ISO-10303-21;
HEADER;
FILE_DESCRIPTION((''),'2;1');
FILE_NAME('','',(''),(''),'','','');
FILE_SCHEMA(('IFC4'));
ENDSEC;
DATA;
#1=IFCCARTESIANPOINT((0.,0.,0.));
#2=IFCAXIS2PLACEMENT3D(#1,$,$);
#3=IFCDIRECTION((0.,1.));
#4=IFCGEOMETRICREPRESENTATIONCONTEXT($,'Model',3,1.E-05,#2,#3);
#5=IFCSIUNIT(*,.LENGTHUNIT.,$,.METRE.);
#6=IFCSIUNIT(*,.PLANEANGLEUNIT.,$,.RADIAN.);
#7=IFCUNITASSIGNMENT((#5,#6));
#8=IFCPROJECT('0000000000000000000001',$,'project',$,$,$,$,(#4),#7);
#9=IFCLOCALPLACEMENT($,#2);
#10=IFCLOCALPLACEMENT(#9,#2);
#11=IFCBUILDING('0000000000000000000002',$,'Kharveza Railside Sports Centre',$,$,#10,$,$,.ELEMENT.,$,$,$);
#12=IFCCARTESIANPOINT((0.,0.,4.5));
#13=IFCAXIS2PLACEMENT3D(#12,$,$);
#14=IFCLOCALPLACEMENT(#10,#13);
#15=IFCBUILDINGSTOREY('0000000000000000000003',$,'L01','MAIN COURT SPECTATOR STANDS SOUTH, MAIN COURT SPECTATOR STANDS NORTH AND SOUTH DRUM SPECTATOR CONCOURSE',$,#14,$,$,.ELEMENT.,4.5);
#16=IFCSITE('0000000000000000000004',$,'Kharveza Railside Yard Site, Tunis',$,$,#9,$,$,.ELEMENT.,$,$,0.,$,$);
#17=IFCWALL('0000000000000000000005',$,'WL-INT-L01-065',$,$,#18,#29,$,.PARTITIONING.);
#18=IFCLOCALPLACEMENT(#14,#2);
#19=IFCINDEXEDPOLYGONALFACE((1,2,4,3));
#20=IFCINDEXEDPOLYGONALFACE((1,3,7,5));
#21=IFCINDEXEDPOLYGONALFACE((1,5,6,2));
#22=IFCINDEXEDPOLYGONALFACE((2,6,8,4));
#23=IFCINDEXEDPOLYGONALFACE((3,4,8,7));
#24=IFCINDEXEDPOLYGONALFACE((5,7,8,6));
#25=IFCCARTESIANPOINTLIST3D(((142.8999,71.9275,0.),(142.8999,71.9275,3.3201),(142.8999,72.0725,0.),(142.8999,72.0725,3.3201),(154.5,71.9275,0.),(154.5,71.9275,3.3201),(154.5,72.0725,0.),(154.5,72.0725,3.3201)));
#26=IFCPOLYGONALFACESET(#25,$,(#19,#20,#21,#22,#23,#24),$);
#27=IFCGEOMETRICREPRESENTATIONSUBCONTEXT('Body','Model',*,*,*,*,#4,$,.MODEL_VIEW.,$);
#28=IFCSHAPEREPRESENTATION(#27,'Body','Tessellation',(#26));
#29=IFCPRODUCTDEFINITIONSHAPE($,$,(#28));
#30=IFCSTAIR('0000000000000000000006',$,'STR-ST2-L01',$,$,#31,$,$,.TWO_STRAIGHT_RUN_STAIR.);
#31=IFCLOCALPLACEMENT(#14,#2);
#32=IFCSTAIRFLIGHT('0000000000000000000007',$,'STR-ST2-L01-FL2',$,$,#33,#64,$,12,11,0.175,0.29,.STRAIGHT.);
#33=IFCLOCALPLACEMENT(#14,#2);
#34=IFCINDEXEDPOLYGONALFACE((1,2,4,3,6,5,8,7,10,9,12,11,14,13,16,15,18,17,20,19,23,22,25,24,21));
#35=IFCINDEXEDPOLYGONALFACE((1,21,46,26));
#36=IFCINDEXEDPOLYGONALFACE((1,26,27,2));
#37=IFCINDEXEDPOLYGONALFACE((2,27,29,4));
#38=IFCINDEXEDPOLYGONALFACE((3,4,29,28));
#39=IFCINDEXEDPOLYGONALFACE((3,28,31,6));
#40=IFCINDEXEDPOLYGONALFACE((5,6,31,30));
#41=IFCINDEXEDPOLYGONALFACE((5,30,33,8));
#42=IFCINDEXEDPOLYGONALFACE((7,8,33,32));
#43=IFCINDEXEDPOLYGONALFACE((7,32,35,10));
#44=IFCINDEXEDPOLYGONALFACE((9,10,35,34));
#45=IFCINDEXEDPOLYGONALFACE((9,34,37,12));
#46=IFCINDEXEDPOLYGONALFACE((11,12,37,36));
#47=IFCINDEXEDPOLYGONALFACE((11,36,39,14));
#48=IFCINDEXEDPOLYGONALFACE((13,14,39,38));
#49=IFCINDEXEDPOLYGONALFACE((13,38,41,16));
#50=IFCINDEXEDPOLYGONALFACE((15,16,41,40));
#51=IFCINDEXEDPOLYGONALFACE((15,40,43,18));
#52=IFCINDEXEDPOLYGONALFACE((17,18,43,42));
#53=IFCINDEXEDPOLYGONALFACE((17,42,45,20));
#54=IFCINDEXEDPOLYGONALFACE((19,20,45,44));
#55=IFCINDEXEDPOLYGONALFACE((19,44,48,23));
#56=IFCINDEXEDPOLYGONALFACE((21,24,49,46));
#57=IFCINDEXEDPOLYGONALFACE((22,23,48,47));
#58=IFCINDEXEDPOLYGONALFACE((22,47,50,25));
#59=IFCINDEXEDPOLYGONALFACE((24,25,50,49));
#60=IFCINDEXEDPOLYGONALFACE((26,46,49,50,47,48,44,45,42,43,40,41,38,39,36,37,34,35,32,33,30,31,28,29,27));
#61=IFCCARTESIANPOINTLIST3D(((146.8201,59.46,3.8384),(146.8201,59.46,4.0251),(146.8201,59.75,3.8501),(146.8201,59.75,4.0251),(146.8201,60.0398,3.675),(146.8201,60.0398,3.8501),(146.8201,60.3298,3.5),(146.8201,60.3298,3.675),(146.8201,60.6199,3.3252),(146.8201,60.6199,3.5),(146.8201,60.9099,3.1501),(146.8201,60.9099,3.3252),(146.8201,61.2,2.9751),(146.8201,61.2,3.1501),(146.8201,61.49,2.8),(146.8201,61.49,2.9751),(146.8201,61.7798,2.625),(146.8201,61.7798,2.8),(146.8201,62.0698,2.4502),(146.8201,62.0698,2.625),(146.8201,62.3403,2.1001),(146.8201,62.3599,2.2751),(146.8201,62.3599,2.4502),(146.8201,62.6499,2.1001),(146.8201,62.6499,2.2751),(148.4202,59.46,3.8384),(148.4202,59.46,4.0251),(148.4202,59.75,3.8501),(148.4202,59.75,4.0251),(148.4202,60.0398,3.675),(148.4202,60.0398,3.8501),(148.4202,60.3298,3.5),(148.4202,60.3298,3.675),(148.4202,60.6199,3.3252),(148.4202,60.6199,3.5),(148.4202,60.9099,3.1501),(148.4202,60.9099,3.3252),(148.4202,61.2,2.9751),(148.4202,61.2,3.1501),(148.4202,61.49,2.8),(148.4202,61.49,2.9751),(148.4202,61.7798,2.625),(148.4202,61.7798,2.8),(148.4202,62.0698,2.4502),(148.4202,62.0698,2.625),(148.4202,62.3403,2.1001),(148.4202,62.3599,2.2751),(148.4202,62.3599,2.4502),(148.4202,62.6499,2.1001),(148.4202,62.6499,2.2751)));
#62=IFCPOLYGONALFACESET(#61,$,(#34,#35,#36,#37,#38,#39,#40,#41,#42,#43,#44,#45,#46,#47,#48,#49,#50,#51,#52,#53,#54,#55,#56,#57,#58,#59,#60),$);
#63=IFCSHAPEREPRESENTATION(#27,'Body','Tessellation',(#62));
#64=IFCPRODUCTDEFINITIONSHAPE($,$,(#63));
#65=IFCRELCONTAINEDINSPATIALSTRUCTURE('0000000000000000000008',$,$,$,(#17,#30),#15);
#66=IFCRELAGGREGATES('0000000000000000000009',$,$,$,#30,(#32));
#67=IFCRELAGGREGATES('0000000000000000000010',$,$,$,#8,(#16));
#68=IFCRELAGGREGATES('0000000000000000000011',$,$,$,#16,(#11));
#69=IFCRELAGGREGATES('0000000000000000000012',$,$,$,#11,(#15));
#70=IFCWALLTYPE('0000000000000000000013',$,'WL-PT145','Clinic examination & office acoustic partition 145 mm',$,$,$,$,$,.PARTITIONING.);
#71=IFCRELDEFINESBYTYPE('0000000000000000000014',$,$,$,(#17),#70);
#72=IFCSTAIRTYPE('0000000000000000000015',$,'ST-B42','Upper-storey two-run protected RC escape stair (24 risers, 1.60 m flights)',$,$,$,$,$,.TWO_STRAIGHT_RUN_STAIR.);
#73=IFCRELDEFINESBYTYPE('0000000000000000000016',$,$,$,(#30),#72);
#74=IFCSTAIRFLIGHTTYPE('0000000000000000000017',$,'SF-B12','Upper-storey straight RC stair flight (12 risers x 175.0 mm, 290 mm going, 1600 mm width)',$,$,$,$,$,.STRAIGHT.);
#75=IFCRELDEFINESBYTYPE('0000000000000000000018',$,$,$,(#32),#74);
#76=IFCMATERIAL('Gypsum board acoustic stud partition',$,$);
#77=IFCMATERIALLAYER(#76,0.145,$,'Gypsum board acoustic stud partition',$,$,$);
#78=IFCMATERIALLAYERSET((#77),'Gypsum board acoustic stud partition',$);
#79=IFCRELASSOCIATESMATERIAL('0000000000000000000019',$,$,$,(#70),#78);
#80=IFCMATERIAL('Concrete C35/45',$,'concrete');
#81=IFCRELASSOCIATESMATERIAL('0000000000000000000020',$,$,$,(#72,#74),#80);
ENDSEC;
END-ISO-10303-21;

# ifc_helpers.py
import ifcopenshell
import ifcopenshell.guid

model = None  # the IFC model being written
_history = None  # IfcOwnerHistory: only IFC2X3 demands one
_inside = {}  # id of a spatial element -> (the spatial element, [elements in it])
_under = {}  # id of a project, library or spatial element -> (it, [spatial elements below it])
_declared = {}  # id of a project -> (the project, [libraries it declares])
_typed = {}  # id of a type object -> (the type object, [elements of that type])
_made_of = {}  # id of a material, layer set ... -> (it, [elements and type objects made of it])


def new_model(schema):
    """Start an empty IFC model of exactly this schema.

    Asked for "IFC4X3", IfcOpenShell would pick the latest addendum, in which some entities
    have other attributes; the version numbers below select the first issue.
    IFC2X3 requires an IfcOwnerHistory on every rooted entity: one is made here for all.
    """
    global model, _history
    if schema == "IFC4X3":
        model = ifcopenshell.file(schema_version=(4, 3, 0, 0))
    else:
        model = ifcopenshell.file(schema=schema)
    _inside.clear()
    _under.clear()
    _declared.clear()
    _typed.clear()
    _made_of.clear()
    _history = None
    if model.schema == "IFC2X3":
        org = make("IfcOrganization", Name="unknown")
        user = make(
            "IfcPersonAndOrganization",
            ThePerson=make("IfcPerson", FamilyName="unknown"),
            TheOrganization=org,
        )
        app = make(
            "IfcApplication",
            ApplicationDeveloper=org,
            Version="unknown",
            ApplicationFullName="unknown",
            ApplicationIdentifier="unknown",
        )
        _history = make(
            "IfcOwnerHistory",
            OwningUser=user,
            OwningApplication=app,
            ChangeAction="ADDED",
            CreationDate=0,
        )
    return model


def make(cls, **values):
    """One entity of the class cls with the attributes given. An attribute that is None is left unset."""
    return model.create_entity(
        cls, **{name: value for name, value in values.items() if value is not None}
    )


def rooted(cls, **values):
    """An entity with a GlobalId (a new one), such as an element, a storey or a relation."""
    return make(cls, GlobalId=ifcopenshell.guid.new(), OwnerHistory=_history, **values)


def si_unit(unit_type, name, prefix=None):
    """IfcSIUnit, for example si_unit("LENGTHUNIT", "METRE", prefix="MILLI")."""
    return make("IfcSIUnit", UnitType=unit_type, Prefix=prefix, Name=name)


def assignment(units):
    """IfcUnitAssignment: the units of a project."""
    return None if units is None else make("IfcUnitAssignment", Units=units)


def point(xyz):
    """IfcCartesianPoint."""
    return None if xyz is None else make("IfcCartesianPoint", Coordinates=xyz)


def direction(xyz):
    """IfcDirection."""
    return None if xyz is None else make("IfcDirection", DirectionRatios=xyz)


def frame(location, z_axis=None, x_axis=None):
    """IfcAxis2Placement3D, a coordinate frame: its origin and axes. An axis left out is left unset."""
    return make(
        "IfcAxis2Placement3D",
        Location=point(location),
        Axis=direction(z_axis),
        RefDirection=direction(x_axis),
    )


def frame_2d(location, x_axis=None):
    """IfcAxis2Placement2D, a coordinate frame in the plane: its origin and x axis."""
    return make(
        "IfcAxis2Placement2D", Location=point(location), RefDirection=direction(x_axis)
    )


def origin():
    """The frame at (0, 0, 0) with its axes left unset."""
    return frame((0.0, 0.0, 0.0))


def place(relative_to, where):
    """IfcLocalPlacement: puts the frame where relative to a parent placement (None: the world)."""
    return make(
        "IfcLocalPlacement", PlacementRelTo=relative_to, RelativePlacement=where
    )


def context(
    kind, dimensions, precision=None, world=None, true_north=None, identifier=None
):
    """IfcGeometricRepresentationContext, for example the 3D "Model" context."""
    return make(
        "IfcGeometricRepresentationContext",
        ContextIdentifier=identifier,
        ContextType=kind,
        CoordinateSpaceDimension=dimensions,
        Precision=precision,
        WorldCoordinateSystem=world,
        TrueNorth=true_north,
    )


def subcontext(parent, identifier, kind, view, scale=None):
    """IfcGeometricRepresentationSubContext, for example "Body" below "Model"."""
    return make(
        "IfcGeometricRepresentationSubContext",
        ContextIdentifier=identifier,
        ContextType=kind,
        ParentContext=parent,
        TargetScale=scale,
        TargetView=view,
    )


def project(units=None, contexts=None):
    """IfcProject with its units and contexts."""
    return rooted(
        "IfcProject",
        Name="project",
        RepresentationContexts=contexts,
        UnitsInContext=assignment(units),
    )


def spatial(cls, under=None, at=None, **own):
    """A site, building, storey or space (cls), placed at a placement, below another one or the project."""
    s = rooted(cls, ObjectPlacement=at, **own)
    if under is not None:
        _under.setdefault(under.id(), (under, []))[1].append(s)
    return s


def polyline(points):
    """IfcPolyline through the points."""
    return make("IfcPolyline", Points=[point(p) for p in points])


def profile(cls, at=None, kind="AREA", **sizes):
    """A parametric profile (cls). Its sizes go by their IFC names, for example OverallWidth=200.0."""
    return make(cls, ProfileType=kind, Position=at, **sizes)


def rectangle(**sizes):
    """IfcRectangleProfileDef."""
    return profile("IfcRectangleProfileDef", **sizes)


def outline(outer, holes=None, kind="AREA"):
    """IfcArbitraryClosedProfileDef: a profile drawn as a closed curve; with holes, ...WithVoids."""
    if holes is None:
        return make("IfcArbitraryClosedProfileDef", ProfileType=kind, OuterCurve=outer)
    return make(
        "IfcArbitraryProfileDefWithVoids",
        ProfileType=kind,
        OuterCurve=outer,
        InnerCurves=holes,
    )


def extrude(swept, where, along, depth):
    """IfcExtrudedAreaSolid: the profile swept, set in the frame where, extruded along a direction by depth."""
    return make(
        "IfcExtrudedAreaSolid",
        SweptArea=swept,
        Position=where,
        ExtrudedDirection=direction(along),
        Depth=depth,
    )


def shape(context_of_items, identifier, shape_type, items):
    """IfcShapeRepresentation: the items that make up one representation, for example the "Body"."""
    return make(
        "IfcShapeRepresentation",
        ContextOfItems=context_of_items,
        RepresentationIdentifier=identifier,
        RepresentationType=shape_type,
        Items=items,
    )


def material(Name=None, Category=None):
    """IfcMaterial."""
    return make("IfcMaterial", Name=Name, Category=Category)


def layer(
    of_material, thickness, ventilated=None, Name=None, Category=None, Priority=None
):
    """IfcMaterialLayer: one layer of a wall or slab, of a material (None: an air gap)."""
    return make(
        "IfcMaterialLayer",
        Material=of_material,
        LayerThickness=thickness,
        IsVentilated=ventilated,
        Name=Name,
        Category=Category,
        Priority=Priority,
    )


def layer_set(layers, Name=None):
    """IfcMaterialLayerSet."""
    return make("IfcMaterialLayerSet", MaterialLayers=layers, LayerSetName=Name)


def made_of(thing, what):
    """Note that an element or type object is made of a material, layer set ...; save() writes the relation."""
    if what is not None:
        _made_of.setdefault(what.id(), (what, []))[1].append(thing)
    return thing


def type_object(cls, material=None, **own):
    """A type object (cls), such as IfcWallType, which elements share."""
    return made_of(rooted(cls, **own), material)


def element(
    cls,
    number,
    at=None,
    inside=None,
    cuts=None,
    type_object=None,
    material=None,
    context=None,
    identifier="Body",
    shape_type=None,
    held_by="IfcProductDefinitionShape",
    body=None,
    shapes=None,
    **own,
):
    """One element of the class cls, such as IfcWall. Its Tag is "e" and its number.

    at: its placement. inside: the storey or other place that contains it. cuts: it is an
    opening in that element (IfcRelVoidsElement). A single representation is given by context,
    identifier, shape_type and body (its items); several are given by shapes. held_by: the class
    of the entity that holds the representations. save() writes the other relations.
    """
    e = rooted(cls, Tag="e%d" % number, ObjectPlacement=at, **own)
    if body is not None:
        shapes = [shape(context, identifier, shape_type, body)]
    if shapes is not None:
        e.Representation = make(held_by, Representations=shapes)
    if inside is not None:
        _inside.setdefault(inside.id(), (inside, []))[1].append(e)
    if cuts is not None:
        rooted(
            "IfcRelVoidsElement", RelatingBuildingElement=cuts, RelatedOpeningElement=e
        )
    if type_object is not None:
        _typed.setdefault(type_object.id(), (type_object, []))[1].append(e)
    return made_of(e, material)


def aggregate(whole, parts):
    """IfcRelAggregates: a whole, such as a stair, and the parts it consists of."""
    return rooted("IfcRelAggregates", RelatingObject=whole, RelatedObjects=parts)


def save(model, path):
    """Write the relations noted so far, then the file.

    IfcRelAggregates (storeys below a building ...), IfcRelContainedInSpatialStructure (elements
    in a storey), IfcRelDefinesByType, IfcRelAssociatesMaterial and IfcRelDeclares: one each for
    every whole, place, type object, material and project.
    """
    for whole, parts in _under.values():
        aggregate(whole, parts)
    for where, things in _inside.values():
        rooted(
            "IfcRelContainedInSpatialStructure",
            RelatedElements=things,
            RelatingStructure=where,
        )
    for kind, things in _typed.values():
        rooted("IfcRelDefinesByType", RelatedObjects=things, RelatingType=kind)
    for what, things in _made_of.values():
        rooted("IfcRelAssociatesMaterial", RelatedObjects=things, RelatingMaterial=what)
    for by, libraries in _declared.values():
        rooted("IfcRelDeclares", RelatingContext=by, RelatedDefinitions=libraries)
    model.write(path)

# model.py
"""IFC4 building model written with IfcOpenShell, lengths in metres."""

from ifc_helpers import new_model, si_unit, direction, frame, frame_2d, origin, place, context, subcontext, project, spatial, polyline, rectangle, outline, extrude, material, layer, layer_set, type_object, element, aggregate, save


model = new_model("IFC4")

# Units and contexts
model_context = context("Model", 3, precision=1e-05, world=origin(), true_north=direction((0.0, 1.0)))
body_context = subcontext(model_context, "Body", "Model", "MODEL_VIEW")
ifc_project = project(units=[si_unit("LENGTHUNIT", "METRE"), si_unit("PLANEANGLEUNIT", "RADIAN")], contexts=[model_context])

# Site, building, storey
site_placement = place(None, origin())
site = spatial("IfcSite", under=ifc_project, at=site_placement, Name="Kharveza Railside Yard Site, Tunis", CompositionType="ELEMENT", RefElevation=0.0)
building_placement = place(site_placement, origin())
building = spatial("IfcBuilding", under=site, at=building_placement, Name="Kharveza Railside Sports Centre", CompositionType="ELEMENT")
storey_placement = place(building_placement, frame((0.0, 0.0, 4.5)))
storey = spatial("IfcBuildingStorey", under=building, at=storey_placement, Name="L01", Description="MAIN COURT SPECTATOR STANDS SOUTH, MAIN COURT SPECTATOR STANDS NORTH AND SOUTH DRUM SPECTATOR CONCOURSE", CompositionType="ELEMENT", Elevation=4.5)

# Shared definitions
ifc_material_1 = material(Name="Concrete C35/45", Category="concrete")

# Wall
ifc_material_2 = material(Name="Gypsum board acoustic stud partition")
ifc_layer_1 = layer(ifc_material_2, 0.145, Name="Gypsum board acoustic stud partition")
ifc_layer_set_1 = layer_set([ifc_layer_1], Name="Gypsum board acoustic stud partition")
wall_type_1 = type_object("IfcWallType", Name="WL-PT145", Description="Clinic examination & office acoustic partition 145 mm", PredefinedType="PARTITIONING", material=ifc_layer_set_1)
wall_1_placement = place(storey_placement, frame((142.8999, 72.0, 0.0), z_axis=(0.0, 0.0, 1.0), x_axis=(1.0, 0.0, 0.0)))
element("IfcWall", 1, at=wall_1_placement, inside=storey, type_object=wall_type_1, Name="WL-INT-L01-065", PredefinedType="PARTITIONING", context=body_context, shape_type="SweptSolid", body=[
    extrude(rectangle(XDim=11.6001, YDim=0.145, at=frame_2d((5.8, 0.0))), origin(), (0.0, 0.0, 1.0), 3.3201),
])

# Stair, stair flight
stair_type = type_object("IfcStairType", Name="ST-B42", Description="Upper-storey two-run protected RC escape stair (24 risers, 1.60 m flights)", PredefinedType="TWO_STRAIGHT_RUN_STAIR", material=ifc_material_1)
stair_placement = place(storey_placement, origin())
stair = element("IfcStair", 2, at=stair_placement, inside=storey, type_object=stair_type, Name="STR-ST2-L01", PredefinedType="TWO_STRAIGHT_RUN_STAIR")
stair_flight_type = type_object("IfcStairFlightType", Name="SF-B12", Description="Upper-storey straight RC stair flight (12 risers x 175.0 mm, 290 mm going, 1600 mm width)", PredefinedType="STRAIGHT", material=ifc_material_1)
stair_flight_placement = place(storey_placement, frame((147.6201, 62.6499, 2.1001), z_axis=(0.0, 0.0, 1.0), x_axis=(0.0, -1.0, 0.0)))
stair_flight = element("IfcStairFlight", 3, at=stair_flight_placement, type_object=stair_flight_type, Name="STR-ST2-L01-FL2", NumberOfRisers=12, NumberOfTreads=11, PredefinedType="STRAIGHT", RiserHeight=0.175, TreadLength=0.29, context=body_context, shape_type="SweptSolid", body=[
    extrude(outline(polyline([(0.0, 0.0), (0.0, 0.175), (0.29, 0.175), (0.29, 0.3501), (0.5801, 0.3501), (0.5801, 0.5249), (0.8701, 0.5249), (0.8701, 0.7), (1.1599, 0.7), (1.1599, 0.875), (1.45, 0.875), (1.45, 1.05), (1.74, 1.05), (1.74, 1.2251), (2.03, 1.2251), (2.03, 1.3999), (2.3201, 1.3999), (2.3201, 1.575), (2.6101, 1.575), (2.6101, 1.75), (2.8999, 1.75), (2.8999, 1.925), (3.1899, 1.925), (3.1899, 2.1001), (3.1899, 1.7383), (0.3096, 0.0), (0.0, 0.0)])), frame((0.0, 0.8, 0.0), z_axis=(0.0, -1.0, 0.0), x_axis=(1.0, 0.0, 0.0)), (0.0, 0.0, 1.0), 1.6001),
])
aggregate(stair, [stair_flight])

save(model, "model.ifc")
